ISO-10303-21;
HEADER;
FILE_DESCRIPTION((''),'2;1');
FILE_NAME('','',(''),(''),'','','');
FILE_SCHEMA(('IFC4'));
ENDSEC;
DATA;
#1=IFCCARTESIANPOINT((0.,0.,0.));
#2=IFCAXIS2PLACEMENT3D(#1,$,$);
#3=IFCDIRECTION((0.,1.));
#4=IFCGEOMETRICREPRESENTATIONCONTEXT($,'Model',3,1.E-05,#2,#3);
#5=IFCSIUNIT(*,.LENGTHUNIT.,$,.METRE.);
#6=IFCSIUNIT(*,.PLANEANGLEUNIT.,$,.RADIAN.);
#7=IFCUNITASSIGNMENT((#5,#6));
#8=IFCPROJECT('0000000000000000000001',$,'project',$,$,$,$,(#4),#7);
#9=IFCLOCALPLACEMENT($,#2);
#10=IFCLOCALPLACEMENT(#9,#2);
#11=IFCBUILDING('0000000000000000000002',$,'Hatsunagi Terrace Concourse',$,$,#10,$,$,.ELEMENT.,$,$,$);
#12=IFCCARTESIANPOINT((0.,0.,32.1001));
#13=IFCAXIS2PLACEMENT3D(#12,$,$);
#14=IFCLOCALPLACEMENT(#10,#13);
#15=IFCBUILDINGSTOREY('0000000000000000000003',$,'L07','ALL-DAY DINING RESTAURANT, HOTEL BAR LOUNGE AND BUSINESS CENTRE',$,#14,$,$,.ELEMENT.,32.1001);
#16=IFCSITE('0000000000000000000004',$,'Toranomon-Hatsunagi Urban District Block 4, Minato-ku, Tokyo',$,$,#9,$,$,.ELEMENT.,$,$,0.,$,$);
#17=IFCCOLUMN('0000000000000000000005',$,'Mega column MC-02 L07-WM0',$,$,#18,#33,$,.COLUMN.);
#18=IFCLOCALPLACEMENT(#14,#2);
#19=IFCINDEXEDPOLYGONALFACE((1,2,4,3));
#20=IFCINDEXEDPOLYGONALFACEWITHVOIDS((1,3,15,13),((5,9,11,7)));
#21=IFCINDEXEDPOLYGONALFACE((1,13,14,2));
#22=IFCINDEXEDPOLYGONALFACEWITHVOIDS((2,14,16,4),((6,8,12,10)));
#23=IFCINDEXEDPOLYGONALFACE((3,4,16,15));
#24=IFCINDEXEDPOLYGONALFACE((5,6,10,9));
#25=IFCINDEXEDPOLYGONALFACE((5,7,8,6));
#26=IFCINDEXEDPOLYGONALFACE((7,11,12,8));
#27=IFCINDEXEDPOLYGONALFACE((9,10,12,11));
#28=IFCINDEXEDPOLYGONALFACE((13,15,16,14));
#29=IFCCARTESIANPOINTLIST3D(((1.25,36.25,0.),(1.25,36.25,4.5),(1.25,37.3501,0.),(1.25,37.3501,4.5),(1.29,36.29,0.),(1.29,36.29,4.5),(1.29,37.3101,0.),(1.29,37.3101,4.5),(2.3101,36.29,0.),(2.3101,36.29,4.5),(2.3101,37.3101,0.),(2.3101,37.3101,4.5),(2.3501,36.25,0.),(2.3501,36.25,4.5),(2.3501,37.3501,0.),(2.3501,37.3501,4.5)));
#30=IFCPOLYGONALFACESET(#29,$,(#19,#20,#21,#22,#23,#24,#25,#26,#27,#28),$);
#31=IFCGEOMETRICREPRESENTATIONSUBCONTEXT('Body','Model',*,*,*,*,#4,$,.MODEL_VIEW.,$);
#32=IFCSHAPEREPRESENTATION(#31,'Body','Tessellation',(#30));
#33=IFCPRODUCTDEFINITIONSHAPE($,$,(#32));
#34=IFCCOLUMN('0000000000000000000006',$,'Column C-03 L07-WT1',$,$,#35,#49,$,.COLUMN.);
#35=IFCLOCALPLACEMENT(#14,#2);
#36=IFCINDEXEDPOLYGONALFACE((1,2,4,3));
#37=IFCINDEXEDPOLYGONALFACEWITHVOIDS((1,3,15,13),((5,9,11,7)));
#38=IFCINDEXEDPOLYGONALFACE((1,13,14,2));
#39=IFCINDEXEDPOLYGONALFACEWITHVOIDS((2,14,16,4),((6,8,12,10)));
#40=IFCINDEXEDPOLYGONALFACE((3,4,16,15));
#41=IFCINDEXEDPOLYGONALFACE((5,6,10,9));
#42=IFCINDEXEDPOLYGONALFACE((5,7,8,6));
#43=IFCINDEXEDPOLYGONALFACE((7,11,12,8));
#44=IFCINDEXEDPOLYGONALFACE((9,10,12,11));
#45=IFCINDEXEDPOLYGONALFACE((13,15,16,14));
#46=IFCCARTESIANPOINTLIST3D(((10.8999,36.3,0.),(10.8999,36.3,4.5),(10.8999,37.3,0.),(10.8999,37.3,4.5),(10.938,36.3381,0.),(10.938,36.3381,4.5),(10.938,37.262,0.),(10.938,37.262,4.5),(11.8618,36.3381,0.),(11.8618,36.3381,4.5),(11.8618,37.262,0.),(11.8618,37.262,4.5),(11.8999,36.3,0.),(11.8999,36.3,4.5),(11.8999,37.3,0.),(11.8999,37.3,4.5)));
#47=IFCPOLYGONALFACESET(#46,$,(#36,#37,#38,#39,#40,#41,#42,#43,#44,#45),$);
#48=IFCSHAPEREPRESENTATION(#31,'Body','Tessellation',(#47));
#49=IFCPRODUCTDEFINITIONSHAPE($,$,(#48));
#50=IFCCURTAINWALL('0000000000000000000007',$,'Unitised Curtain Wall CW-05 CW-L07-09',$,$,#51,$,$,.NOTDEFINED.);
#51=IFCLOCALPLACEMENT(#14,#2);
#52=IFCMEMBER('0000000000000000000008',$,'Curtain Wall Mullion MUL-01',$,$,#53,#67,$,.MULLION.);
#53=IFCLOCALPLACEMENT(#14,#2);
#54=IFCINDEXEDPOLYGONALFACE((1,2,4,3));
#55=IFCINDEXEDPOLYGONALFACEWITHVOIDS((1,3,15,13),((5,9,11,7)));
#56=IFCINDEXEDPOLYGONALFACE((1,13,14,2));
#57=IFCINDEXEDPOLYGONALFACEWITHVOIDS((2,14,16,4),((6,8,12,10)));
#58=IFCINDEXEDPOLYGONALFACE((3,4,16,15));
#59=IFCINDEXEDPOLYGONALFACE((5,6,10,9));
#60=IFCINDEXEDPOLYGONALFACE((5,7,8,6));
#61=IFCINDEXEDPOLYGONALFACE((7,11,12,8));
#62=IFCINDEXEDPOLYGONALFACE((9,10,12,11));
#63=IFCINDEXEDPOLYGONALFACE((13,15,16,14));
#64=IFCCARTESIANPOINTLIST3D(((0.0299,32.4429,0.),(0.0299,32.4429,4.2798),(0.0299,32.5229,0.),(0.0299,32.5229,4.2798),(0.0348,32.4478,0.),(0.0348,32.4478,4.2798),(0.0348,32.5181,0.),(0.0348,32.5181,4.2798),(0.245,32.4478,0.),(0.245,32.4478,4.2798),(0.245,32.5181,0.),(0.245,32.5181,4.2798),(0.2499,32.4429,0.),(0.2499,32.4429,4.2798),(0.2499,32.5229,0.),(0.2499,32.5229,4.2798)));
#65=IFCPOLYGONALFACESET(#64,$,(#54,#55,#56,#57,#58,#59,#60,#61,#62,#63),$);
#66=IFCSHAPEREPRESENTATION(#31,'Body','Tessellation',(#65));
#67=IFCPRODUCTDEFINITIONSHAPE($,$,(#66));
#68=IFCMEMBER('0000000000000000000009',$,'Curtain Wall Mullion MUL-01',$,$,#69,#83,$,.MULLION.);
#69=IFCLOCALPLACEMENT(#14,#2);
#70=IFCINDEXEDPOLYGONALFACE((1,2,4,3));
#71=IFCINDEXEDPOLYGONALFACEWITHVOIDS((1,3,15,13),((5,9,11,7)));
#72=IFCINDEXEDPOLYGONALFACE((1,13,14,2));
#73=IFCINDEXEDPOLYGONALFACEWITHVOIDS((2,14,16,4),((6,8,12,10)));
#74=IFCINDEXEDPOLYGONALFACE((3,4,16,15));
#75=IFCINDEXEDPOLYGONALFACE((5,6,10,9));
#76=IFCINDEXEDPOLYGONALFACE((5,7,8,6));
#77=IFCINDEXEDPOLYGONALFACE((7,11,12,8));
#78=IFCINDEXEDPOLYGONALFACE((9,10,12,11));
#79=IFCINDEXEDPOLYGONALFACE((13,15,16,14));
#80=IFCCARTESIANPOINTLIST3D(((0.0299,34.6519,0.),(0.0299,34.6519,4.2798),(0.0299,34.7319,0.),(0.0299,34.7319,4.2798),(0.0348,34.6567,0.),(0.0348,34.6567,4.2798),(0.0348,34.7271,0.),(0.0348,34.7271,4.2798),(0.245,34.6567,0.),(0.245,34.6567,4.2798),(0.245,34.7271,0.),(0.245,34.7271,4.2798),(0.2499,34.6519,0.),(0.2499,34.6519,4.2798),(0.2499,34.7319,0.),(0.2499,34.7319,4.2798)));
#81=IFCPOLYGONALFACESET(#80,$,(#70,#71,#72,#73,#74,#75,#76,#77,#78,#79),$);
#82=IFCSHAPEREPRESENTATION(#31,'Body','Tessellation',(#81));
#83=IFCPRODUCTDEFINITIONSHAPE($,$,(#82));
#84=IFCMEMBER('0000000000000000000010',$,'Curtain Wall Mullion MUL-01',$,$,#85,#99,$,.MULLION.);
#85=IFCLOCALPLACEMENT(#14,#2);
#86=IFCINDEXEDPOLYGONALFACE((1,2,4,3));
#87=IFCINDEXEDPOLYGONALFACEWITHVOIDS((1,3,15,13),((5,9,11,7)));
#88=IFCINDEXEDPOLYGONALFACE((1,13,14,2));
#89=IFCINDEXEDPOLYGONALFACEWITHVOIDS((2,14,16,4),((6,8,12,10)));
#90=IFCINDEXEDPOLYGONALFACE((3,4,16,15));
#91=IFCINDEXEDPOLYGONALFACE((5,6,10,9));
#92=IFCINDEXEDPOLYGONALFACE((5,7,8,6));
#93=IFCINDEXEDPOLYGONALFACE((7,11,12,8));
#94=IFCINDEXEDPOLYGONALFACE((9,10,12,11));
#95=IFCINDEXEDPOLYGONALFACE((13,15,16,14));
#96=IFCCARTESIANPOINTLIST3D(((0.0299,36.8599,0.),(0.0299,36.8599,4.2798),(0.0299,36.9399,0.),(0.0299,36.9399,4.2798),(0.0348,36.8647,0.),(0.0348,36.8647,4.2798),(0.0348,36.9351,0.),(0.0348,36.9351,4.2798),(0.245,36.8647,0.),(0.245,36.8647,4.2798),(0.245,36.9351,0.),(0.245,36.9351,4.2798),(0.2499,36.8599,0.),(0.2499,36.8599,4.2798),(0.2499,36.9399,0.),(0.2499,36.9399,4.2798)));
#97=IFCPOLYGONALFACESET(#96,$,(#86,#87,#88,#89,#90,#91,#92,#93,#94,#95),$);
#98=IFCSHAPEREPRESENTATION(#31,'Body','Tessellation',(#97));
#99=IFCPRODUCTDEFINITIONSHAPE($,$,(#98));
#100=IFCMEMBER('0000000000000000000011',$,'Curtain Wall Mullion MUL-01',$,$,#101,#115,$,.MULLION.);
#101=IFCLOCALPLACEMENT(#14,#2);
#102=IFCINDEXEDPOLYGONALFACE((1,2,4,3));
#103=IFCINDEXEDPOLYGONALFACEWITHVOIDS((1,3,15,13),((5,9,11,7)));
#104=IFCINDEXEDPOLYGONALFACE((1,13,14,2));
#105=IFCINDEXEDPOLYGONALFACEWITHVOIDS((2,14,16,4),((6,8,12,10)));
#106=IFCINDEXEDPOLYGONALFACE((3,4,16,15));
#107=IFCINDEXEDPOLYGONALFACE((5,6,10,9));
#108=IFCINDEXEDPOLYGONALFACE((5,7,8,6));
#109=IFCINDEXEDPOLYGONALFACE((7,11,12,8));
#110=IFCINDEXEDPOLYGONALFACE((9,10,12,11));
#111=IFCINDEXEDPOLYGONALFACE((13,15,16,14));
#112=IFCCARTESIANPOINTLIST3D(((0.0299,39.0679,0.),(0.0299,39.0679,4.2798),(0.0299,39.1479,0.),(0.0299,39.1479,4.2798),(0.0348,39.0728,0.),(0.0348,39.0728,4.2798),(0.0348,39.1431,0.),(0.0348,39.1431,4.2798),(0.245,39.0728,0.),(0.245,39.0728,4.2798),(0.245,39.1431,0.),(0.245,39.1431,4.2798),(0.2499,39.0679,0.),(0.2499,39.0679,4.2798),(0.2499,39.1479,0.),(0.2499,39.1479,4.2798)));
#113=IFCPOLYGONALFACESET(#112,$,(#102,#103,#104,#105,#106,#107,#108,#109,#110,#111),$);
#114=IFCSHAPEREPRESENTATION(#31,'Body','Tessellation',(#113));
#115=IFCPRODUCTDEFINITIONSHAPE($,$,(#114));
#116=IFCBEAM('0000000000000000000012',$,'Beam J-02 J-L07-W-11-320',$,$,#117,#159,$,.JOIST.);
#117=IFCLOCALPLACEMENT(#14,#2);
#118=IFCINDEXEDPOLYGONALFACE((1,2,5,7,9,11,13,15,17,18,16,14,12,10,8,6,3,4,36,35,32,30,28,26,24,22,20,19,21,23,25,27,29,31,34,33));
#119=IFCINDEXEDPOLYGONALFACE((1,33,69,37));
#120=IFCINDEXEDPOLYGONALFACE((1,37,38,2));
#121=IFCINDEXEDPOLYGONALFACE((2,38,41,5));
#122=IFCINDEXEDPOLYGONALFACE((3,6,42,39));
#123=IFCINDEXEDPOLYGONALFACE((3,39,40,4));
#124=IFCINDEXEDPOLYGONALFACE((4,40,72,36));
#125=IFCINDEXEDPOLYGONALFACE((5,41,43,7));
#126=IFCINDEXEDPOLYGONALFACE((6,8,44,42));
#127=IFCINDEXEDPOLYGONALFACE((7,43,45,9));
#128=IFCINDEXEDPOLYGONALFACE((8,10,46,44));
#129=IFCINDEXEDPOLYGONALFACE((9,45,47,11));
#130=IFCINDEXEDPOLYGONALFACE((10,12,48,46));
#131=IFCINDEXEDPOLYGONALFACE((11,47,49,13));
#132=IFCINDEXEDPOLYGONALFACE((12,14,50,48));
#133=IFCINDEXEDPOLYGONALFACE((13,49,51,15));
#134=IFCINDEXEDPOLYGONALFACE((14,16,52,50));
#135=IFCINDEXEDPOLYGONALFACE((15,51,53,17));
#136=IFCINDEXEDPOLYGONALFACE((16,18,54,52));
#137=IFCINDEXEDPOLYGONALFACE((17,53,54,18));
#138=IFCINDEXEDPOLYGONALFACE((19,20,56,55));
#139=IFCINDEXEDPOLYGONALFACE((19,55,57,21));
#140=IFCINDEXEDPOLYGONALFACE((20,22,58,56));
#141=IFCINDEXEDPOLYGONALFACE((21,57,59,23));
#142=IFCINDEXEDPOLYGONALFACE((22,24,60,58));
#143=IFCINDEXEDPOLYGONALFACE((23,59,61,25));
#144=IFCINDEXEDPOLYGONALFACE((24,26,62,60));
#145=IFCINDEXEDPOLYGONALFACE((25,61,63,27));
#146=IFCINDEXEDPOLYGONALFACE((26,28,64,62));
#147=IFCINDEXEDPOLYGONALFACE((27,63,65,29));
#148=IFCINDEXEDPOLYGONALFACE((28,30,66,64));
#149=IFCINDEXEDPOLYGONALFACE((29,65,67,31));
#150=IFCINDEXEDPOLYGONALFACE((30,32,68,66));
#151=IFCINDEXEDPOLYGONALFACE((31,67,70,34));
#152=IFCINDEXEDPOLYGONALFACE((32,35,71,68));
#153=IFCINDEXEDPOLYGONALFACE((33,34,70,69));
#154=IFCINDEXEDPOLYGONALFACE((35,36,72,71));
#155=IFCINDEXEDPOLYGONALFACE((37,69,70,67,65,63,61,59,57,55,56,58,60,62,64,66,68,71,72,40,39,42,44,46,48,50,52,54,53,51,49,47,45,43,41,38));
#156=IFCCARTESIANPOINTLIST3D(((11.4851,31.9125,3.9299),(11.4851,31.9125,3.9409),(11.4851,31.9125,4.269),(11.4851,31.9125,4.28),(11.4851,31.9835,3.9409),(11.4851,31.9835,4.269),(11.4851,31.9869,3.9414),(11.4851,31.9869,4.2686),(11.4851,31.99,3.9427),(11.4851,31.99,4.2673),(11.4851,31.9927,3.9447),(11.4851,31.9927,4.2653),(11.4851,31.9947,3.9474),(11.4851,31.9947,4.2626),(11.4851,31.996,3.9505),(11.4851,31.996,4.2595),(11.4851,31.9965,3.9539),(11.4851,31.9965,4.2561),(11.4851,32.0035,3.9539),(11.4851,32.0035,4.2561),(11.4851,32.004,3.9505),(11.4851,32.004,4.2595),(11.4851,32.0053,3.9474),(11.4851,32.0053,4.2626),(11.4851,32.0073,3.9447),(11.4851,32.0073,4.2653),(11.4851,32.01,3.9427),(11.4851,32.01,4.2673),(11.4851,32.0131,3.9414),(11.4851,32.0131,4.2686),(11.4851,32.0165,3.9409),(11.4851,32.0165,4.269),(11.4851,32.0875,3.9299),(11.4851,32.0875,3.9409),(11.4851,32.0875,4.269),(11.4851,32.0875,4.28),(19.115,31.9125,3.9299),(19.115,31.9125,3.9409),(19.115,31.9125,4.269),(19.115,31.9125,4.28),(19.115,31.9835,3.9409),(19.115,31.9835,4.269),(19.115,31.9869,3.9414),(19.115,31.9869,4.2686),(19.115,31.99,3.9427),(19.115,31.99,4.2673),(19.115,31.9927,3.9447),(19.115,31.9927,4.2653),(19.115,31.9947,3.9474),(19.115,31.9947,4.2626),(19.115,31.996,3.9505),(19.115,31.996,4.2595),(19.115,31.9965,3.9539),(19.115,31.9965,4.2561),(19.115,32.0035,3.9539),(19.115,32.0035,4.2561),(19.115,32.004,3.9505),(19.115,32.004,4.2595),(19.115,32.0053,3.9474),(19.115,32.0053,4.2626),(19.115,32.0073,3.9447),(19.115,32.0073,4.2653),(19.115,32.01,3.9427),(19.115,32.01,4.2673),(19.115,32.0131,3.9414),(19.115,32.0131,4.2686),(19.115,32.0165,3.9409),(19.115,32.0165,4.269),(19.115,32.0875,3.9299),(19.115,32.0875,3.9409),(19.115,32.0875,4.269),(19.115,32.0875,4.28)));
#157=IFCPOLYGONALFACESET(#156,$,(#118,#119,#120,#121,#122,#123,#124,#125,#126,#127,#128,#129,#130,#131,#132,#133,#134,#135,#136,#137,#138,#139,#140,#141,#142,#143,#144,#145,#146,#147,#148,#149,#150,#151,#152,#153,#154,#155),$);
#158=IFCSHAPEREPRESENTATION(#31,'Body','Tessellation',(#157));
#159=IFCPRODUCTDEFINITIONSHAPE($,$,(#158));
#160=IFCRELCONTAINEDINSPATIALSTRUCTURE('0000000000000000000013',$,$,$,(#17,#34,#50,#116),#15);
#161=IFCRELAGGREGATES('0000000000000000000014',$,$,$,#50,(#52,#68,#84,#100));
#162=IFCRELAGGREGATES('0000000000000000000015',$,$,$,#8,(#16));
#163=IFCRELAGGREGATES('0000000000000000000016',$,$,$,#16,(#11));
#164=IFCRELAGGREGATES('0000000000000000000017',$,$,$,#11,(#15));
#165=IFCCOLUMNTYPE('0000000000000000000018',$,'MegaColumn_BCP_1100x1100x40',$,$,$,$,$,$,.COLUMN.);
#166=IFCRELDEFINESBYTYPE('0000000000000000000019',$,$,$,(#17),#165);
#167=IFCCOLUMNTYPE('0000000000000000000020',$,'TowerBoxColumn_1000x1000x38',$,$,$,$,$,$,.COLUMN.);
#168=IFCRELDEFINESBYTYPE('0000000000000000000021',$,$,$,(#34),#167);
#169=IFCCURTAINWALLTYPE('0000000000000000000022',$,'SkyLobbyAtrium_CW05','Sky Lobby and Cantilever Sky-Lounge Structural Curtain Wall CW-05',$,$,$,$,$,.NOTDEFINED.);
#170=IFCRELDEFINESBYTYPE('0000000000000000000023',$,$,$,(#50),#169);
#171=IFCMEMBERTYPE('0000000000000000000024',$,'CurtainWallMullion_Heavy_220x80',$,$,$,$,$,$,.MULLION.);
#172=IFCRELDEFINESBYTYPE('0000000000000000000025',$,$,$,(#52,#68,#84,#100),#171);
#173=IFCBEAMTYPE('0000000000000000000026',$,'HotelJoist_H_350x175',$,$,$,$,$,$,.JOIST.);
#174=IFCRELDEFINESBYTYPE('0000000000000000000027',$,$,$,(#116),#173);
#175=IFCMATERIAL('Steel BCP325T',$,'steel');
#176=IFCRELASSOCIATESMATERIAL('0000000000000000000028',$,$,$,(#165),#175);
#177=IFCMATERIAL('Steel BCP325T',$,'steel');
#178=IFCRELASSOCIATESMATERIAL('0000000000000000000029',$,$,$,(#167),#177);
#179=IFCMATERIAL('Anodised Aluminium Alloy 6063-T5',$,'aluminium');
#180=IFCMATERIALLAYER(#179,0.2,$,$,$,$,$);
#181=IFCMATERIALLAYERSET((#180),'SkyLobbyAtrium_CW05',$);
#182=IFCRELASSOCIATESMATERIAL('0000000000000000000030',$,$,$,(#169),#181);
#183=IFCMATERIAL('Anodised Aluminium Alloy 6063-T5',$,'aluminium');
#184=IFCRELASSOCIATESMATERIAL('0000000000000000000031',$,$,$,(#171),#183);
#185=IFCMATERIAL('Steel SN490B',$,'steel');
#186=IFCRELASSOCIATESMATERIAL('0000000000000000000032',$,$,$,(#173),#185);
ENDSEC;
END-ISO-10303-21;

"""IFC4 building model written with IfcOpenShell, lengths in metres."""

from ifc_helpers import new_model, si_unit, direction, frame, origin, origin_2d, place, context, subcontext, project, spatial, hollow_rectangle, i_section, extrude, material, layer, layer_set, material_profile, profile_set, type_object, element, aggregate, save


model = new_model("IFC4")

# Units and contexts
model_context = context("Model", 3, precision=1e-05, world=origin(), true_north=direction((0.0, 1.0)))
body_context = subcontext(model_context, "Body", "Model", "MODEL_VIEW")
ifc_project = project(units=[si_unit("LENGTHUNIT", "METRE"), si_unit("PLANEANGLEUNIT", "RADIAN")], contexts=[model_context])

# Site, building, storey
site_placement = place(None, origin())
site = spatial("IfcSite", under=ifc_project, at=site_placement, Name="Toranomon-Hatsunagi Urban District Block 4, Minato-ku, Tokyo", CompositionType="ELEMENT", RefElevation=0.0)
building_placement = place(site_placement, origin())
building = spatial("IfcBuilding", under=site, at=building_placement, Name="Hatsunagi Terrace Concourse", CompositionType="ELEMENT")
storey_placement = place(building_placement, frame((0.0, 0.0, 32.1001)))
storey = spatial("IfcBuildingStorey", under=building, at=storey_placement, Name="L07", Description="ALL-DAY DINING RESTAURANT, HOTEL BAR LOUNGE AND BUSINESS CENTRE", CompositionType="ELEMENT", Elevation=32.1001)

# Columns
ifc_material_1 = material(Name="Steel BCP325T", Category="steel")
ifc_material_profile_1 = material_profile(ifc_material_1, hollow_rectangle(XDim=1.1001, YDim=1.1001, WallThickness=0.04, at=origin_2d()), Name="BCP-1100x1100x40")
ifc_profile_set_1 = profile_set([ifc_material_profile_1], Name="Steel BCP325T")
column_type_1 = type_object("IfcColumnType", Name="MegaColumn_BCP_1100x1100x40", PredefinedType="COLUMN", material=ifc_profile_set_1)
column_1_placement = place(storey_placement, frame((1.8, 36.8, 0.0), z_axis=(0.0, 0.0, 1.0), x_axis=(1.0, 0.0, 0.0)))
element("IfcColumn", 1, at=column_1_placement, inside=storey, type_object=column_type_1, Name="Mega column MC-02 L07-WM0", PredefinedType="COLUMN", context=body_context, shape_type="SweptSolid", body=[
    extrude(hollow_rectangle(XDim=1.1001, YDim=1.1001, WallThickness=0.04, at=origin_2d()), origin(), (0.0, 0.0, 1.0), 4.5),
])
ifc_material_2 = material(Name="Steel BCP325T", Category="steel")
ifc_material_profile_2 = material_profile(ifc_material_2, hollow_rectangle(XDim=1.0, YDim=1.0, WallThickness=0.0381, at=origin_2d()), Name="BCP-1000x1000x38")
ifc_profile_set_2 = profile_set([ifc_material_profile_2], Name="Steel BCP325T")
column_type_2 = type_object("IfcColumnType", Name="TowerBoxColumn_1000x1000x38", PredefinedType="COLUMN", material=ifc_profile_set_2)
column_2_placement = place(storey_placement, frame((11.3999, 36.8, 0.0), z_axis=(0.0, 0.0, 1.0), x_axis=(1.0, 0.0, 0.0)))
element("IfcColumn", 2, at=column_2_placement, inside=storey, type_object=column_type_2, Name="Column C-03 L07-WT1", PredefinedType="COLUMN", context=body_context, shape_type="SweptSolid", body=[
    extrude(hollow_rectangle(XDim=1.0, YDim=1.0, WallThickness=0.0381, at=origin_2d()), origin(), (0.0, 0.0, 1.0), 4.5),
])

# Curtain wall, members
ifc_material_3 = material(Name="Anodised Aluminium Alloy 6063-T5", Category="aluminium")
ifc_layer_1 = layer(ifc_material_3, 0.2)
ifc_layer_set_1 = layer_set([ifc_layer_1], Name="SkyLobbyAtrium_CW05")
curtain_wall_type = type_object("IfcCurtainWallType", Name="SkyLobbyAtrium_CW05", Description="Sky Lobby and Cantilever Sky-Lounge Structural Curtain Wall CW-05", PredefinedType="NOTDEFINED", material=ifc_layer_set_1)
curtain_wall_placement = place(storey_placement, origin())
curtain_wall = element("IfcCurtainWall", 3, at=curtain_wall_placement, inside=storey, type_object=curtain_wall_type, Name="Unitised Curtain Wall CW-05 CW-L07-09", PredefinedType="NOTDEFINED")
ifc_material_4 = material(Name="Anodised Aluminium Alloy 6063-T5", Category="aluminium")
ifc_material_profile_3 = material_profile(ifc_material_4, hollow_rectangle(XDim=0.0801, YDim=0.22, WallThickness=0.0049, at=origin_2d()), Name="ALU-MUL-220x80x5")
ifc_profile_set_3 = profile_set([ifc_material_profile_3], Name="Anodised Aluminium Alloy 6063-T5")
member_type = type_object("IfcMemberType", Name="CurtainWallMullion_Heavy_220x80", PredefinedType="MULLION", material=ifc_profile_set_3)
member_1_placement = place(storey_placement, frame((0.1399, 32.4829, 0.0), z_axis=(0.0, 0.0, 1.0), x_axis=(0.0, 1.0, 0.0)))
member_1 = element("IfcMember", 4, at=member_1_placement, type_object=member_type, Name="Curtain Wall Mullion MUL-01", PredefinedType="MULLION", context=body_context, shape_type="SweptSolid", body=[
    extrude(hollow_rectangle(XDim=0.0801, YDim=0.22, WallThickness=0.0049, at=origin_2d()), origin(), (0.0, 0.0, 1.0), 4.2798),
])
member_2_placement = place(storey_placement, frame((0.1399, 34.6919, 0.0), z_axis=(0.0, 0.0, 1.0), x_axis=(0.0, 1.0, 0.0)))
member_2 = element("IfcMember", 5, at=member_2_placement, type_object=member_type, Name="Curtain Wall Mullion MUL-01", PredefinedType="MULLION", context=body_context, shape_type="SweptSolid", body=[
    extrude(hollow_rectangle(XDim=0.0801, YDim=0.22, WallThickness=0.0049, at=origin_2d()), origin(), (0.0, 0.0, 1.0), 4.2798),
])
member_3_placement = place(storey_placement, frame((0.1399, 36.8999, 0.0), z_axis=(0.0, 0.0, 1.0), x_axis=(0.0, 1.0, 0.0)))
member_3 = element("IfcMember", 6, at=member_3_placement, type_object=member_type, Name="Curtain Wall Mullion MUL-01", PredefinedType="MULLION", context=body_context, shape_type="SweptSolid", body=[
    extrude(hollow_rectangle(XDim=0.0801, YDim=0.22, WallThickness=0.0049, at=origin_2d()), origin(), (0.0, 0.0, 1.0), 4.2798),
])
member_4_placement = place(storey_placement, frame((0.1399, 39.1079, 0.0), z_axis=(0.0, 0.0, 1.0), x_axis=(0.0, 1.0, 0.0)))
member_4 = element("IfcMember", 7, at=member_4_placement, type_object=member_type, Name="Curtain Wall Mullion MUL-01", PredefinedType="MULLION", context=body_context, shape_type="SweptSolid", body=[
    extrude(hollow_rectangle(XDim=0.0801, YDim=0.22, WallThickness=0.0049, at=origin_2d()), origin(), (0.0, 0.0, 1.0), 4.2798),
])

# Beam
ifc_material_5 = material(Name="Steel SN490B", Category="steel")
ifc_material_profile_4 = material_profile(ifc_material_5, i_section(OverallWidth=0.175, OverallDepth=0.3501, WebThickness=0.0071, FlangeThickness=0.011, FilletRadius=0.0129, at=origin_2d()), Name="H-350x175x7x11")
ifc_profile_set_4 = profile_set([ifc_material_profile_4], Name="Steel SN490B")
beam_type_1 = type_object("IfcBeamType", Name="HotelJoist_H_350x175", PredefinedType="JOIST", material=ifc_profile_set_4)
beam_1_placement = place(storey_placement, frame((11.4851, 32.0, 4.105), z_axis=(1.0, 0.0, 0.0), x_axis=(0.0, 1.0, 0.0)))
element("IfcBeam", 8, at=beam_1_placement, inside=storey, type_object=beam_type_1, Name="Beam J-02 J-L07-W-11-320", PredefinedType="JOIST", context=body_context, shape_type="SweptSolid", body=[
    extrude(i_section(OverallWidth=0.175, OverallDepth=0.3501, WebThickness=0.0071, FlangeThickness=0.011, FilletRadius=0.0129, at=origin_2d()), origin(), (0.0, 0.0, 1.0), 7.6299),
])

aggregate(curtain_wall, [member_1, member_2, member_3, member_4])

save(model, "model.ifc")
